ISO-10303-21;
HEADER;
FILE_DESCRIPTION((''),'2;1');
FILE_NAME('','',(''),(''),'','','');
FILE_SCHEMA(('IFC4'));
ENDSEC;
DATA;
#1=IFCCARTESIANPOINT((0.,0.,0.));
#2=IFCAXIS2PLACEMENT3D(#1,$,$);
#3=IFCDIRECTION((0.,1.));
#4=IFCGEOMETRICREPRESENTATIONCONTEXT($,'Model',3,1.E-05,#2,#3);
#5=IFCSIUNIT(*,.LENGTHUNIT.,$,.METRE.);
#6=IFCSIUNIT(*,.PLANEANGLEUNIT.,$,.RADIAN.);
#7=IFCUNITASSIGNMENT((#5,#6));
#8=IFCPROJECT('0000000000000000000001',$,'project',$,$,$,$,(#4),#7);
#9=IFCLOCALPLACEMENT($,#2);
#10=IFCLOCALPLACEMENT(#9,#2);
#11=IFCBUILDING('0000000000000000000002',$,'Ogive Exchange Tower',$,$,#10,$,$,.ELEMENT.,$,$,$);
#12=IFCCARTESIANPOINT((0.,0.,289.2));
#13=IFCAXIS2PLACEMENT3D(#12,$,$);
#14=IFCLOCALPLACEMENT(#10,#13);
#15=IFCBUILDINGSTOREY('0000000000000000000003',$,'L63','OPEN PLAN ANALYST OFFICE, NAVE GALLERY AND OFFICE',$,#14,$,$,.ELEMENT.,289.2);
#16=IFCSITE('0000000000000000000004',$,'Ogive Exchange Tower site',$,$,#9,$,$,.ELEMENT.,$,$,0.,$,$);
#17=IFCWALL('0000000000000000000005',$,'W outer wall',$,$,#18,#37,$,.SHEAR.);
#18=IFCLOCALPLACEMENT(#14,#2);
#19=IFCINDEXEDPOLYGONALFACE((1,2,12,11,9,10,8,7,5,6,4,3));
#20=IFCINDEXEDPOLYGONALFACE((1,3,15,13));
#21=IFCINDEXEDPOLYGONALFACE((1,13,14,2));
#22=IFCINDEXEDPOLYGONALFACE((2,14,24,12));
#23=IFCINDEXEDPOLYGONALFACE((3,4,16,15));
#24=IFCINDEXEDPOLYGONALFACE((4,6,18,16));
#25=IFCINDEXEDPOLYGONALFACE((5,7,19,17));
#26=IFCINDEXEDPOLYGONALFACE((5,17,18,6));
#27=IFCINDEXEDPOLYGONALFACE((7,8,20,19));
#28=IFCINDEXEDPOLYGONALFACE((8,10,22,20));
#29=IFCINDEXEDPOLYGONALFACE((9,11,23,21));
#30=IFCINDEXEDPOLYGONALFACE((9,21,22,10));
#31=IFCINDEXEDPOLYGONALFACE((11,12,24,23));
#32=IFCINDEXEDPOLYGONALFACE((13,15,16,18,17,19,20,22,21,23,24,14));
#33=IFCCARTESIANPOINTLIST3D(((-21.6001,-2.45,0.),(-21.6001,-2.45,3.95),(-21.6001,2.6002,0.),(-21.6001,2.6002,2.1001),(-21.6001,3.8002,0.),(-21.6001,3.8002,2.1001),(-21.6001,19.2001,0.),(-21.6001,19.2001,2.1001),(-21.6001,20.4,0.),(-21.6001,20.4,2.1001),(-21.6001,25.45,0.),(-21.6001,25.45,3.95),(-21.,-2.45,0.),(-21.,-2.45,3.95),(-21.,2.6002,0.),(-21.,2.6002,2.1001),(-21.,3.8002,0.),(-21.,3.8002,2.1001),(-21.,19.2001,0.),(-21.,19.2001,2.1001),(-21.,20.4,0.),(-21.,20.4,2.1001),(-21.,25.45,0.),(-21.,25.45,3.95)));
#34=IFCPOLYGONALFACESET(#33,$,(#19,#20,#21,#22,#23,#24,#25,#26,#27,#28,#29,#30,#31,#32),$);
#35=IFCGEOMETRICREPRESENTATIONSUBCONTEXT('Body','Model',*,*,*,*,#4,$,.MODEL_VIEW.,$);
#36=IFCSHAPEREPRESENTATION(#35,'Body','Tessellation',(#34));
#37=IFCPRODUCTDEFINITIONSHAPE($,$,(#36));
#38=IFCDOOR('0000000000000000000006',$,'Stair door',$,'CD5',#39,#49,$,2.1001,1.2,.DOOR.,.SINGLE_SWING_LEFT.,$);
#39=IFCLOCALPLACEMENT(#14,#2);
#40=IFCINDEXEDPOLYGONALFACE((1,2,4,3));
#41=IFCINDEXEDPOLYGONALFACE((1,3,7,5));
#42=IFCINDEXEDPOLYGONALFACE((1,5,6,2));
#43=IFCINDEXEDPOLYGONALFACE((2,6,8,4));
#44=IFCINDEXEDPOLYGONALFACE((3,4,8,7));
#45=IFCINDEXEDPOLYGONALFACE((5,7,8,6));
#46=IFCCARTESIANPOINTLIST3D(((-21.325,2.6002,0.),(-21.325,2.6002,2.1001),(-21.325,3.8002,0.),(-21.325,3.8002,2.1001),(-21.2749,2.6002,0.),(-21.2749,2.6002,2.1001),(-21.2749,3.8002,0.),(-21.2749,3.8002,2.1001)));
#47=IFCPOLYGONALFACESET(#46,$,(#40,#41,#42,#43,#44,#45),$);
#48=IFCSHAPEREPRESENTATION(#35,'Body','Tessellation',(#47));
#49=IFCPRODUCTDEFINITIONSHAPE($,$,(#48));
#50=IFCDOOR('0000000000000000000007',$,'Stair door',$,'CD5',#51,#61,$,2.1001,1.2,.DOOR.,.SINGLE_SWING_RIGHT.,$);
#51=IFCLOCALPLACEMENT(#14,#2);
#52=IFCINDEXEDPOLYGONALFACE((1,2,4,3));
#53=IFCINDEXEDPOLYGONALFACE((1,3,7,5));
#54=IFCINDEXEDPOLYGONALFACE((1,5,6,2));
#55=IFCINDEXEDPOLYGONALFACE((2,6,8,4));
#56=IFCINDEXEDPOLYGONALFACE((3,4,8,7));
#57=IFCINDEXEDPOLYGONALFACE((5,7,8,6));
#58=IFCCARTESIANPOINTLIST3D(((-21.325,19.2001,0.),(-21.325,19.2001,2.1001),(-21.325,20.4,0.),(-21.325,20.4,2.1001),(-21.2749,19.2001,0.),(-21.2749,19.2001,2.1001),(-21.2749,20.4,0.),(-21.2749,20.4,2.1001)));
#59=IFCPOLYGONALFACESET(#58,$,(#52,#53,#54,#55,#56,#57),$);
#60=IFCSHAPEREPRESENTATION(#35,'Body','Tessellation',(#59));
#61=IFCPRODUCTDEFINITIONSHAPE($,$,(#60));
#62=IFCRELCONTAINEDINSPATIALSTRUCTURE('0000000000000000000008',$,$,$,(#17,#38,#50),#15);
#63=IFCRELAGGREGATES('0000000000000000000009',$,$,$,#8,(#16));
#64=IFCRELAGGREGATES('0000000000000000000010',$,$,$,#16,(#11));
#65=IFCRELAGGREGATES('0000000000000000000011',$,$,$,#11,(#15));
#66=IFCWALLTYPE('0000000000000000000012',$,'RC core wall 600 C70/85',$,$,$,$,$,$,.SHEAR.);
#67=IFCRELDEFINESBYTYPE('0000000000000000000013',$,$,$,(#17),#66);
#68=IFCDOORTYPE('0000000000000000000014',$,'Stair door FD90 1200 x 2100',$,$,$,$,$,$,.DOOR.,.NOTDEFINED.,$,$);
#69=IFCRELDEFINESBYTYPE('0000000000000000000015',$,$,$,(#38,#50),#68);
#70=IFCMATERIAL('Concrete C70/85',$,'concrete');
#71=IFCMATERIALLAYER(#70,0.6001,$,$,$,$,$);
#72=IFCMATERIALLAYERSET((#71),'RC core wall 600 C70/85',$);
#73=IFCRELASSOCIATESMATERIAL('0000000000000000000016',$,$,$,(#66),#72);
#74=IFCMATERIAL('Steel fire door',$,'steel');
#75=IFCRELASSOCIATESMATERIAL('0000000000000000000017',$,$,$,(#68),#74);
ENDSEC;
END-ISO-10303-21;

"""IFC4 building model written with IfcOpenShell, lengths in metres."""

from ifc_helpers import new_model, si_unit, direction, frame, frame_2d, origin, place, context, subcontext, project, spatial, rectangle, extrude, material, layer, layer_set, type_object, element, fill, save


model = new_model("IFC4")

# Units and contexts
model_context = context("Model", 3, precision=1e-05, world=origin(), true_north=direction((0.0, 1.0)))
body_context = subcontext(model_context, "Body", "Model", "MODEL_VIEW")
ifc_project = project(units=[si_unit("LENGTHUNIT", "METRE"), si_unit("PLANEANGLEUNIT", "RADIAN")], contexts=[model_context])

# Site, building, storey
site_placement = place(None, origin())
site = spatial("IfcSite", under=ifc_project, at=site_placement, Name="Ogive Exchange Tower site", CompositionType="ELEMENT", RefElevation=0.0)
building_placement = place(site_placement, origin())
building = spatial("IfcBuilding", under=site, at=building_placement, Name="Ogive Exchange Tower", CompositionType="ELEMENT")
storey_placement = place(building_placement, frame((0.0, 0.0, 289.2)))
storey = spatial("IfcBuildingStorey", under=building, at=storey_placement, Name="L63", Description="OPEN PLAN ANALYST OFFICE, NAVE GALLERY AND OFFICE", CompositionType="ELEMENT", Elevation=289.2)

# Shared definitions
ifc_material_1 = material(Name="Concrete C70/85", Category="concrete")

# Wall, openings, doors
ifc_layer_1 = layer(ifc_material_1, 0.6001)
ifc_layer_set_1 = layer_set([ifc_layer_1], Name="RC core wall 600 C70/85")
wall_type_1 = type_object("IfcWallType", Name="RC core wall 600 C70/85", PredefinedType="SHEAR", material=ifc_layer_set_1)
wall_1_placement = place(storey_placement, frame((-21.3, -2.45, 0.0), z_axis=(0.0, 0.0, 1.0), x_axis=(0.0, 1.0, 0.0)))
wall_1 = element("IfcWall", 1, at=wall_1_placement, inside=storey, type_object=wall_type_1, Name="W outer wall", PredefinedType="SHEAR", context=body_context, shape_type="SweptSolid", body=[
    extrude(rectangle(XDim=27.8999, YDim=0.6001, at=frame_2d((13.95, 0.0))), origin(), (0.0, 0.0, 1.0), 3.95),
])
opening_1_placement = place(wall_1_placement, frame((5.05, 0.0, 0.0)))
opening_1 = element("IfcOpeningElement", 2, at=opening_1_placement, cuts=wall_1, PredefinedType="OPENING", context=body_context, shape_type="SweptSolid", body=[
    extrude(rectangle(XDim=1.2, YDim=2.1001, at=frame_2d((0.6001, 1.05))), frame((0.0, 0.3101, 0.0), z_axis=(0.0, -1.0, 0.0), x_axis=(1.0, 0.0, 0.0)), (0.0, 0.0, 1.0), 0.6201),
])
opening_2_placement = place(wall_1_placement, frame((21.6499, 0.0, 0.0)))
opening_2 = element("IfcOpeningElement", 3, at=opening_2_placement, cuts=wall_1, PredefinedType="OPENING", context=body_context, shape_type="SweptSolid", body=[
    extrude(rectangle(XDim=1.2, YDim=2.1001, at=frame_2d((0.6001, 1.05))), frame((0.0, 0.3101, 0.0), z_axis=(0.0, -1.0, 0.0), x_axis=(1.0, 0.0, 0.0)), (0.0, 0.0, 1.0), 0.6201),
])
ifc_material_2 = material(Name="Steel fire door", Category="steel")
door_type_1 = type_object("IfcDoorType", Name="Stair door FD90 1200 x 2100", OperationType="NOTDEFINED", PredefinedType="DOOR", material=ifc_material_2)
door_1_placement = place(opening_1_placement, origin())
door_1 = element("IfcDoor", 4, at=door_1_placement, inside=storey, type_object=door_type_1, Name="Stair door", ObjectType="CD5", OperationType="SINGLE_SWING_LEFT", OverallHeight=2.1001, OverallWidth=1.2, PredefinedType="DOOR", context=body_context, shape_type="SweptSolid", body=[
    extrude(rectangle(XDim=1.2, YDim=2.1001, at=frame_2d((0.6001, 1.05))), frame((0.0, 0.0249, 0.0), z_axis=(0.0, -1.0, 0.0), x_axis=(1.0, 0.0, 0.0)), (0.0, 0.0, 1.0), 0.05),
])
fill(opening_1, door_1)
door_2_placement = place(opening_2_placement, origin())
door_2 = element("IfcDoor", 5, at=door_2_placement, inside=storey, type_object=door_type_1, Name="Stair door", ObjectType="CD5", OperationType="SINGLE_SWING_RIGHT", OverallHeight=2.1001, OverallWidth=1.2, PredefinedType="DOOR", context=body_context, shape_type="SweptSolid", body=[
    extrude(rectangle(XDim=1.2, YDim=2.1001, at=frame_2d((0.6001, 1.05))), frame((0.0, 0.0249, 0.0), z_axis=(0.0, -1.0, 0.0), x_axis=(1.0, 0.0, 0.0)), (0.0, 0.0, 1.0), 0.05),
])
fill(opening_2, door_2)

save(model, "model.ifc")
